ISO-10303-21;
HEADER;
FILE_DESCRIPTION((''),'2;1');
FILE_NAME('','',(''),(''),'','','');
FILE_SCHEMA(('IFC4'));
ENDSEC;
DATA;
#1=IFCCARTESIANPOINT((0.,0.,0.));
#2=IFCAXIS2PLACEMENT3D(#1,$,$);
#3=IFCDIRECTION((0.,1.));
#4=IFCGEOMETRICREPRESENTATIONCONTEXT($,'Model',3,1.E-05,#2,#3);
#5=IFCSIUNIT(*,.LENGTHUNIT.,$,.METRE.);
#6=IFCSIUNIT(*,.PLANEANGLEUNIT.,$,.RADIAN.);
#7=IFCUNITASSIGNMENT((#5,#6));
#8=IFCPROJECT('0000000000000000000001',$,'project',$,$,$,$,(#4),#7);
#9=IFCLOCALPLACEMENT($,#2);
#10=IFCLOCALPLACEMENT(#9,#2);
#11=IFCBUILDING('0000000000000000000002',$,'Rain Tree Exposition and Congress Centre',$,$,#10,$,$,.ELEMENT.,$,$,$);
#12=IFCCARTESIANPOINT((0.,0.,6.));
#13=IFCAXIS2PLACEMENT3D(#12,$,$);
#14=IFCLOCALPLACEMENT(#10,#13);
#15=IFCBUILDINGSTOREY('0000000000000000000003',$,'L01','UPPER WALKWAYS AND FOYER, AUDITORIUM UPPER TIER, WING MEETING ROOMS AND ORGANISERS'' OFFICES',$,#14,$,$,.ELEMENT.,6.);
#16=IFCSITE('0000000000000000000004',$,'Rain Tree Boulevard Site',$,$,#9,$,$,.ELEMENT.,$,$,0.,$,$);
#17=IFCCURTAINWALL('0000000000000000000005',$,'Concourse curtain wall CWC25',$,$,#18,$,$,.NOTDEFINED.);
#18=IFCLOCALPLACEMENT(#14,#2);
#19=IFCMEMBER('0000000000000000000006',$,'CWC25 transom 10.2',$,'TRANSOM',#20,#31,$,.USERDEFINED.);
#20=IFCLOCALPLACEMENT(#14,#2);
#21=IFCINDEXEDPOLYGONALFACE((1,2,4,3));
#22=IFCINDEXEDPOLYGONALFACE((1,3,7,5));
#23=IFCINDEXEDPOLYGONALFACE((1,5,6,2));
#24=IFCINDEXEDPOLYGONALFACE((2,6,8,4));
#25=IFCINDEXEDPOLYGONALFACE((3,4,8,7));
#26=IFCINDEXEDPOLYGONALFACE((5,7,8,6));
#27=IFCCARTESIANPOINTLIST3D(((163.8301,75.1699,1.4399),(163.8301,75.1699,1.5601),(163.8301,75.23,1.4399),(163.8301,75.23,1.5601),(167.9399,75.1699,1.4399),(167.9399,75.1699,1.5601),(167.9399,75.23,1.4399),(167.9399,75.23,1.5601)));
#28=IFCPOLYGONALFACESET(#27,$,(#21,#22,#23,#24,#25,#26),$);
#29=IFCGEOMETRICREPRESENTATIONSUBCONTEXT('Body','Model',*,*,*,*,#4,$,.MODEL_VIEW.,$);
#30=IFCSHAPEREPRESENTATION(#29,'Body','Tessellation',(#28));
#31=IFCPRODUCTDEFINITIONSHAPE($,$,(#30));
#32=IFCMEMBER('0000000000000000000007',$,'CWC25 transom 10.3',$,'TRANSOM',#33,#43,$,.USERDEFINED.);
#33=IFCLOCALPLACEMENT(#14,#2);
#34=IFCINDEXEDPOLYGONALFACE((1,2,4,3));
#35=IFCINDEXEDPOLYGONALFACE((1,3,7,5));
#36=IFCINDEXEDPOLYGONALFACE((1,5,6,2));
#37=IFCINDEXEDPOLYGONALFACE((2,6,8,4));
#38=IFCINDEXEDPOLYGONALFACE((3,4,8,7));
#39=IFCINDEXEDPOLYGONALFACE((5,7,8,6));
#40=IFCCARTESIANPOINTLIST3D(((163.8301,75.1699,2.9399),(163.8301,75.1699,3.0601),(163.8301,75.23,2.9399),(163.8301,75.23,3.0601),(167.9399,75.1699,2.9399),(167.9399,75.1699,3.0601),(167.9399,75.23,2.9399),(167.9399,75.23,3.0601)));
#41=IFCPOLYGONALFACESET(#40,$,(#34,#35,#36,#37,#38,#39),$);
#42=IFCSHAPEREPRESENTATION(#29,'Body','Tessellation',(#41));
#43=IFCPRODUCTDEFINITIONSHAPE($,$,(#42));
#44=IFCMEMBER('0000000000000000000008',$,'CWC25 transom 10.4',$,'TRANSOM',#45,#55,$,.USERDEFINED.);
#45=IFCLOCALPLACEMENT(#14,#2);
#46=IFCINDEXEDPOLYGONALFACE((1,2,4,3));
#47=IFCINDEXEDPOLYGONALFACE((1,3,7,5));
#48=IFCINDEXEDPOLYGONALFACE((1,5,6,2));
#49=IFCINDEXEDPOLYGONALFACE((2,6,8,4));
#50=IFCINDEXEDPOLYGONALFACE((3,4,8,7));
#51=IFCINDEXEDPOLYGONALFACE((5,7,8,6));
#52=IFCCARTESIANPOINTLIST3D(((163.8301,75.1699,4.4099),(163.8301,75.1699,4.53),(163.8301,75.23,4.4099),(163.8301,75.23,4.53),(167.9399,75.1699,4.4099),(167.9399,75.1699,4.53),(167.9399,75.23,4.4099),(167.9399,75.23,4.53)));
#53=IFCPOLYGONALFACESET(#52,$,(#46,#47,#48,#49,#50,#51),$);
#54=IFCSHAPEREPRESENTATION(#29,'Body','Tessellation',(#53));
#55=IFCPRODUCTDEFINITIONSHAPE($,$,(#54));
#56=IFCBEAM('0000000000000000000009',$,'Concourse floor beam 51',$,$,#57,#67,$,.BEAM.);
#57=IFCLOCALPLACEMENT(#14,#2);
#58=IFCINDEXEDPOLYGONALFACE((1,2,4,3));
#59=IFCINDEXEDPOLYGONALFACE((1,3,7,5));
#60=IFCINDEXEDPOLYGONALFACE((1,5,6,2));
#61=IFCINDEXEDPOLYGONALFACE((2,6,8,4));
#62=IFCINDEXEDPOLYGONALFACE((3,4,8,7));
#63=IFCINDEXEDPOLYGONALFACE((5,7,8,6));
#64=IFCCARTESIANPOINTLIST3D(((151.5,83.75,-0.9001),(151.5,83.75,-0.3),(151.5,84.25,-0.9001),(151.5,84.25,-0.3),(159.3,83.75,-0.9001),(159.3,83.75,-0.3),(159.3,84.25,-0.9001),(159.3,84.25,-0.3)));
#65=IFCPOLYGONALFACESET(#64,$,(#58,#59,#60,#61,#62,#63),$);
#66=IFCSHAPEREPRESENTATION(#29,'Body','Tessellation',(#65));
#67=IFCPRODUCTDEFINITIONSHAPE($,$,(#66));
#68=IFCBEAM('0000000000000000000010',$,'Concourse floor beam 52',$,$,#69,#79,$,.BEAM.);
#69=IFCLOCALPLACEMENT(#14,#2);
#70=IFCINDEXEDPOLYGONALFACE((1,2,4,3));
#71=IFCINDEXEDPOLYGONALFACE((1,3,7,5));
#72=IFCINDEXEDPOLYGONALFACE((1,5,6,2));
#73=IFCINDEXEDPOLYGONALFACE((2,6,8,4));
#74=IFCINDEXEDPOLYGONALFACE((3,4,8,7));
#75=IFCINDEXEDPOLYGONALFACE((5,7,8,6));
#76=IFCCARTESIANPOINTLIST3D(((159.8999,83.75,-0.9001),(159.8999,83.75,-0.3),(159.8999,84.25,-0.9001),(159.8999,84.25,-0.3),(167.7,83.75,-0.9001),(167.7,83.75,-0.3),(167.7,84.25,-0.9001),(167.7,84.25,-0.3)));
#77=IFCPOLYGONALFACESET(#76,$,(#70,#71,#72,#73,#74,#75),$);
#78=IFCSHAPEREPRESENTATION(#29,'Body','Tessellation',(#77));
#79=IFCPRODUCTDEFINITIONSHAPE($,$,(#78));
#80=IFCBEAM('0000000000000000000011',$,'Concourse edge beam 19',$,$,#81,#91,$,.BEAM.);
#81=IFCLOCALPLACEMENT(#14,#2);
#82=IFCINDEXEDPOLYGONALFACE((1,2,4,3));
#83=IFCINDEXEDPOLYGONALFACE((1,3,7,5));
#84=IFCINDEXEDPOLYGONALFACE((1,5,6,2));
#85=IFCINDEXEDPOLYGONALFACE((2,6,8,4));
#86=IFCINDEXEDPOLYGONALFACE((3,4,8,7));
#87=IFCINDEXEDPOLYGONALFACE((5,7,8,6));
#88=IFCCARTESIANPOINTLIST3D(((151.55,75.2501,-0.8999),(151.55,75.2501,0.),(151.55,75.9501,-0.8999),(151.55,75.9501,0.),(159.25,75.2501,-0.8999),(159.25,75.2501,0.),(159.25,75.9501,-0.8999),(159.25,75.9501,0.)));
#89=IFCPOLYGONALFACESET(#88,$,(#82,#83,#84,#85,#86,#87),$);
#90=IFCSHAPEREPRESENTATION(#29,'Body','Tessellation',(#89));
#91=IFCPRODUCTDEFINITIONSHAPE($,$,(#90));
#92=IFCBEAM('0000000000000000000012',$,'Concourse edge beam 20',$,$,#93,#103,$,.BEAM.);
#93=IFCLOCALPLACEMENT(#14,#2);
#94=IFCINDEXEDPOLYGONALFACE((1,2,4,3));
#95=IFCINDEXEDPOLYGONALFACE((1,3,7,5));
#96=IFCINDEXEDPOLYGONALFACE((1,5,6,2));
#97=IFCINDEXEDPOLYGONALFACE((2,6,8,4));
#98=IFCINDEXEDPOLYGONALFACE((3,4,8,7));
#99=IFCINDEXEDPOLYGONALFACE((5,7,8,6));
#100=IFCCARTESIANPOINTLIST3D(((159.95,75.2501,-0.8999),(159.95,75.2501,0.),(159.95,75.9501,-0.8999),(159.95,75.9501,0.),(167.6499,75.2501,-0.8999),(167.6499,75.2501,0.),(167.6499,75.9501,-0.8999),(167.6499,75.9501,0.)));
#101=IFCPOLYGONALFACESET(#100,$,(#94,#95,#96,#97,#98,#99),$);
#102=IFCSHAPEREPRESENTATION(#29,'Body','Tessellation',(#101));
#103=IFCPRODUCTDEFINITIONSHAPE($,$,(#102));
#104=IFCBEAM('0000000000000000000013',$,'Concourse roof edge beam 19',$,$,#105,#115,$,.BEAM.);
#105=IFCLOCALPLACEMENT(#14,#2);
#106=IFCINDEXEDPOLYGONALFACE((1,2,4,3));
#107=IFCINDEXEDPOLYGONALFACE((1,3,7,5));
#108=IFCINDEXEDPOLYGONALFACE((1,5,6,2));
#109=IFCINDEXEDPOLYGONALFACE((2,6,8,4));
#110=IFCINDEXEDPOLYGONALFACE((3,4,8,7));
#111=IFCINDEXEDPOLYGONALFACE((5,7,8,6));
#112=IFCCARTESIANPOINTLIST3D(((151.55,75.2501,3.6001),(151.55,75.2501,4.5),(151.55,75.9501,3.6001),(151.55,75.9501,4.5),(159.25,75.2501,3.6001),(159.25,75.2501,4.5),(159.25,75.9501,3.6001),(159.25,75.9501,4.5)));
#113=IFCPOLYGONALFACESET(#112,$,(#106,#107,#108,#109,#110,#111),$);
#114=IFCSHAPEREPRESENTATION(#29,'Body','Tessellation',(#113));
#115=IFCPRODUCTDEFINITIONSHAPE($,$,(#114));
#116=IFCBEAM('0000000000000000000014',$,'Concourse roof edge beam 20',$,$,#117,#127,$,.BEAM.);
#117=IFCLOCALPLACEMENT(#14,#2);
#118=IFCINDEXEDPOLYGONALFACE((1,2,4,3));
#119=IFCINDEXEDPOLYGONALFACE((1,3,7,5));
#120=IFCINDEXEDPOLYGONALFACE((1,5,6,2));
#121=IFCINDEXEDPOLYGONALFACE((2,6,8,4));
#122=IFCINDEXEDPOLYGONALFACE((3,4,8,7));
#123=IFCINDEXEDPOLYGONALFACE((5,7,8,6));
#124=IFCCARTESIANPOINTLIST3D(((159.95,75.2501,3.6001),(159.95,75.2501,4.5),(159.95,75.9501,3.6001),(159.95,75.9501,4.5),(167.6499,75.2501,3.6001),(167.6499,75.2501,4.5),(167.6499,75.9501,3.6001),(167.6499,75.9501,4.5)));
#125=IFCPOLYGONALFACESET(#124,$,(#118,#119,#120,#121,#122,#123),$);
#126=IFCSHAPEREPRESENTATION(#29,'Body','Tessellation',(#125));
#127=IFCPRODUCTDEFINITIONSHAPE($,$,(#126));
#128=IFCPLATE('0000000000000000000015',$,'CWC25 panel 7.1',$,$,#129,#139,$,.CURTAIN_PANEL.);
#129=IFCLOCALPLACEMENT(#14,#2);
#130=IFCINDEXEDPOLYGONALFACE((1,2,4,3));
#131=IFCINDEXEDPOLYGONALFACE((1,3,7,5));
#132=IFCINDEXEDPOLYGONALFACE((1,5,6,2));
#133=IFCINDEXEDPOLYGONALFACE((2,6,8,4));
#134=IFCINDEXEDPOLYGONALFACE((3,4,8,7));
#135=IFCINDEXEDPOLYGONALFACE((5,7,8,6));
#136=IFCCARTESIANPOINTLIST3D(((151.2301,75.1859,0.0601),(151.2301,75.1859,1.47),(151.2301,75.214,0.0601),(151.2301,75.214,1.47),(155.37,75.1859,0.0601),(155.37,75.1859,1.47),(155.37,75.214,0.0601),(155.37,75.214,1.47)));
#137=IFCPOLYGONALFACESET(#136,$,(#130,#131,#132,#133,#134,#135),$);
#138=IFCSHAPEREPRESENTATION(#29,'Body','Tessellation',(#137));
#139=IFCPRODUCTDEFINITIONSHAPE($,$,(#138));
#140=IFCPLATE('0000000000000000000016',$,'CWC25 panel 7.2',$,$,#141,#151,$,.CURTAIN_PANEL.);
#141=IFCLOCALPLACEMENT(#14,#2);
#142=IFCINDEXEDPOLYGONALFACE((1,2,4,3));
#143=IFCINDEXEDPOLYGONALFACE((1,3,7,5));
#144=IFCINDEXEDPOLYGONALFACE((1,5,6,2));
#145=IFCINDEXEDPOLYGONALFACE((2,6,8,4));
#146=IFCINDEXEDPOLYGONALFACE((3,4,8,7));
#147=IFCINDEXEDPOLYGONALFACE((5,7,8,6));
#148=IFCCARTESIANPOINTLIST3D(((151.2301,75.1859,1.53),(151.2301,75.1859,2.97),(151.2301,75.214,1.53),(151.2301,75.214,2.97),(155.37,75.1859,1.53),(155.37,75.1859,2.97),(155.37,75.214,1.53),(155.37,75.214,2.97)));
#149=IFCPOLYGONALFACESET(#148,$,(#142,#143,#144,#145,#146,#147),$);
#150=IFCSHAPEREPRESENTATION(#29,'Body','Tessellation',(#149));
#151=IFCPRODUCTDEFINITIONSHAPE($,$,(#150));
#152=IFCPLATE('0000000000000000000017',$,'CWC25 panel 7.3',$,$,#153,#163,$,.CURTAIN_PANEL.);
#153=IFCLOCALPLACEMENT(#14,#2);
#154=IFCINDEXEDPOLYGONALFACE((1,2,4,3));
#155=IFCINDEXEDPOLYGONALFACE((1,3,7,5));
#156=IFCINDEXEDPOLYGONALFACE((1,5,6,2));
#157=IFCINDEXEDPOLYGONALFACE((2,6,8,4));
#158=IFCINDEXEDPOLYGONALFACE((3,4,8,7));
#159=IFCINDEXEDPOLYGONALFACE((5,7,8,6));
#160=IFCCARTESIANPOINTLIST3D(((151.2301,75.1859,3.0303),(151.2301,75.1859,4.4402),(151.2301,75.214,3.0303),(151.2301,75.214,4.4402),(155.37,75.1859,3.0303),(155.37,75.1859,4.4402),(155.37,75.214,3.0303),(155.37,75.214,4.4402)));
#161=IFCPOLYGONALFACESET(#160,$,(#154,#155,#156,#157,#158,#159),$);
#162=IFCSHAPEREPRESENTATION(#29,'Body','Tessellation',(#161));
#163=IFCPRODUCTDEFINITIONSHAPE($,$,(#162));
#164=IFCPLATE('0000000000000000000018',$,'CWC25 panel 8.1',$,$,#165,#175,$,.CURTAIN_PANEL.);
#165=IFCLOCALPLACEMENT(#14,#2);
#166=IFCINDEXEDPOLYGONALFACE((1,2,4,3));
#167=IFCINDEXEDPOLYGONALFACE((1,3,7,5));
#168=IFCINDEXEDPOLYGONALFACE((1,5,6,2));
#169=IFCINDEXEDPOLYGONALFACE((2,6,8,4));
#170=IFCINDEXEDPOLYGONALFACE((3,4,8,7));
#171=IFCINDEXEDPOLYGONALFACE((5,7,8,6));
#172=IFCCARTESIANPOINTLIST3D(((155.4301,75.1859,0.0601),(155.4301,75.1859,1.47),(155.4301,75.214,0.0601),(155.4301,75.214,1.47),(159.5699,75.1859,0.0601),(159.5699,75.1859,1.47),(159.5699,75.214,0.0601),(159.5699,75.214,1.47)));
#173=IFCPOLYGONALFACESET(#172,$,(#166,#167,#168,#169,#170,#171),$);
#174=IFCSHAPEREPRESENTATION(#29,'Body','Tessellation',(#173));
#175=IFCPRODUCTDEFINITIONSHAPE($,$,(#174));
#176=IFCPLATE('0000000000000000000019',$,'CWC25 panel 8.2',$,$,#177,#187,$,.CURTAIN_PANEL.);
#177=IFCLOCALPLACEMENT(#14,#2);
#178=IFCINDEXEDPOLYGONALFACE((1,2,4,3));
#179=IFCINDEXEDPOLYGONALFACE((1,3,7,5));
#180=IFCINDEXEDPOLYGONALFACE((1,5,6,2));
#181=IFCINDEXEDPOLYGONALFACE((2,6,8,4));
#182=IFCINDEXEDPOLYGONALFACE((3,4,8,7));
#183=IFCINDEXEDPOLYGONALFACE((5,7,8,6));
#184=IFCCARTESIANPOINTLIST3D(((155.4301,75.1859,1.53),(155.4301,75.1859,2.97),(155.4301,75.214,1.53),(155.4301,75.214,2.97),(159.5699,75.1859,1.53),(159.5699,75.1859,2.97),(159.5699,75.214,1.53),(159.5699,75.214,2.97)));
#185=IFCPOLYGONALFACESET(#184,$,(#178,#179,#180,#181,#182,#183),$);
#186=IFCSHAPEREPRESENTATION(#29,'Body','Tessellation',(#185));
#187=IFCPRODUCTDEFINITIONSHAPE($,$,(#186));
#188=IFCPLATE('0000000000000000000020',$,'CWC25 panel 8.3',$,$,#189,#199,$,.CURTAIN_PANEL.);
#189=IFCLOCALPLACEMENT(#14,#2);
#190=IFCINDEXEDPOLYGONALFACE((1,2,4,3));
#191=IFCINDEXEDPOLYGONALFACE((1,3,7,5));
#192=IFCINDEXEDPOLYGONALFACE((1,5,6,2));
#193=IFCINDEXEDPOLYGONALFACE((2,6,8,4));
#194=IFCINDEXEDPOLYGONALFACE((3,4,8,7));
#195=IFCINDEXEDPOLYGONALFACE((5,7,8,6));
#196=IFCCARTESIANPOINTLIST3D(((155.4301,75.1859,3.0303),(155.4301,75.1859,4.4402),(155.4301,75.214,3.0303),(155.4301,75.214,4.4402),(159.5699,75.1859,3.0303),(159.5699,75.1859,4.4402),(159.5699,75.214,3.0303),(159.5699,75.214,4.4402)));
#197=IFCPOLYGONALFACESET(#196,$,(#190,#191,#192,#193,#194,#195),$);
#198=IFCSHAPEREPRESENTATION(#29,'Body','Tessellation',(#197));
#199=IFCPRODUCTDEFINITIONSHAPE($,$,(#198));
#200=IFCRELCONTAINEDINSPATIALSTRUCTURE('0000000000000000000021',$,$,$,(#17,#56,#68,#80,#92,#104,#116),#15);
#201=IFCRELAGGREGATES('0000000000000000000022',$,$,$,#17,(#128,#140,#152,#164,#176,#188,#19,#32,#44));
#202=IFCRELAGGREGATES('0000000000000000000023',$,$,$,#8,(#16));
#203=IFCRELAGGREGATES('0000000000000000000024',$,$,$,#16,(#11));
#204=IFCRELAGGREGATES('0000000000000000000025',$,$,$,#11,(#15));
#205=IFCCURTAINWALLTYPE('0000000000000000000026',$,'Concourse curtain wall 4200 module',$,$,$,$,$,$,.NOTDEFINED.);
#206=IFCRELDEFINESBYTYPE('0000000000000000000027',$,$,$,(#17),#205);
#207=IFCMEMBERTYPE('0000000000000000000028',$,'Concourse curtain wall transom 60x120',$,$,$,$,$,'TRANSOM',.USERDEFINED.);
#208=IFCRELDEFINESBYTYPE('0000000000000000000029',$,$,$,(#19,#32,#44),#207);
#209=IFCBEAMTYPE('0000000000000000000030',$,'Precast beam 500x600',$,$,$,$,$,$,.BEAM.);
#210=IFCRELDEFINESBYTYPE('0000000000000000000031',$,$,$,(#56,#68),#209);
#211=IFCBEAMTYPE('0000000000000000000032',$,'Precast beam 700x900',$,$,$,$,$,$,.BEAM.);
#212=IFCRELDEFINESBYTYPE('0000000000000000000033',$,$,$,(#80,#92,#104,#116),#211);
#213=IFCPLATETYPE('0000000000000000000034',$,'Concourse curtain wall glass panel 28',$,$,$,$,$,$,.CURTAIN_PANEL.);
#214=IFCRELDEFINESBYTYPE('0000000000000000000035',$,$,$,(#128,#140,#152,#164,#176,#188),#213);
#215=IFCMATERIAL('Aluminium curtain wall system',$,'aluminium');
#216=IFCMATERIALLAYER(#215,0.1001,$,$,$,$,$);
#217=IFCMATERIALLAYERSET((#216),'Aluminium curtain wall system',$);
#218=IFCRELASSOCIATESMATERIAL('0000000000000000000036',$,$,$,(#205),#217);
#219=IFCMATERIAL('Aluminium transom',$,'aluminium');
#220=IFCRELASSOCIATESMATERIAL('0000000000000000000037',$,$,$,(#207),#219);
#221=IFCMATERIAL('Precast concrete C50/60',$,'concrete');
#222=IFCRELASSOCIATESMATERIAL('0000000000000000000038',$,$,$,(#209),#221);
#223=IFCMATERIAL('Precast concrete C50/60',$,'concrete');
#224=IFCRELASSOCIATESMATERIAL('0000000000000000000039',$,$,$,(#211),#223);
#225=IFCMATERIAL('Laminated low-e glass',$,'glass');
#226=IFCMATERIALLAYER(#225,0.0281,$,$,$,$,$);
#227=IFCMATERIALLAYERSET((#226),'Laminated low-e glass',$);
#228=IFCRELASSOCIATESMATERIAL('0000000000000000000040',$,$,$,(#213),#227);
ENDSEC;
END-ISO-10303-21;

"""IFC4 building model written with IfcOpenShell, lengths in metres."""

from ifc_helpers import new_model, si_unit, direction, frame, origin, origin_2d, place, context, subcontext, project, spatial, rectangle, extrude, material, layer, layer_set, material_profile, profile_set, type_object, element, aggregate, save


model = new_model("IFC4")

# Units and contexts
model_context = context("Model", 3, precision=1e-05, world=origin(), true_north=direction((0.0, 1.0)))
body_context = subcontext(model_context, "Body", "Model", "MODEL_VIEW")
ifc_project = project(units=[si_unit("LENGTHUNIT", "METRE"), si_unit("PLANEANGLEUNIT", "RADIAN")], contexts=[model_context])

# Site, building, storey
site_placement = place(None, origin())
site = spatial("IfcSite", under=ifc_project, at=site_placement, Name="Rain Tree Boulevard Site", CompositionType="ELEMENT", RefElevation=0.0)
building_placement = place(site_placement, origin())
building = spatial("IfcBuilding", under=site, at=building_placement, Name="Rain Tree Exposition and Congress Centre", CompositionType="ELEMENT")
storey_placement = place(building_placement, frame((0.0, 0.0, 6.0)))
storey = spatial("IfcBuildingStorey", under=building, at=storey_placement, Name="L01", Description="UPPER WALKWAYS AND FOYER, AUDITORIUM UPPER TIER, WING MEETING ROOMS AND ORGANISERS' OFFICES", CompositionType="ELEMENT", Elevation=6.0)

# Curtain wall, members
ifc_material_1 = material(Name="Aluminium curtain wall system", Category="aluminium")
ifc_layer_1 = layer(ifc_material_1, 0.1001)
ifc_layer_set_1 = layer_set([ifc_layer_1], Name="Aluminium curtain wall system")
curtain_wall_type = type_object("IfcCurtainWallType", Name="Concourse curtain wall 4200 module", PredefinedType="NOTDEFINED", material=ifc_layer_set_1)
curtain_wall_placement = place(storey_placement, origin())
curtain_wall = element("IfcCurtainWall", 1, at=curtain_wall_placement, inside=storey, type_object=curtain_wall_type, Name="Concourse curtain wall CWC25", PredefinedType="NOTDEFINED")
ifc_material_2 = material(Name="Aluminium transom", Category="aluminium")
ifc_material_profile_1 = material_profile(ifc_material_2, rectangle(XDim=0.0601, YDim=0.1201, at=origin_2d()), Name="AL 60x120")
ifc_profile_set_1 = profile_set([ifc_material_profile_1], Name="Aluminium transom")
member_type_1 = type_object("IfcMemberType", Name="Concourse curtain wall transom 60x120", ElementType="TRANSOM", PredefinedType="USERDEFINED", material=ifc_profile_set_1)
member_1_placement = place(storey_placement, frame((163.8301, 75.2, 1.5), z_axis=(1.0, 0.0, 0.0), x_axis=(0.0, 1.0, 0.0)))
member_1 = element("IfcMember", 2, at=member_1_placement, type_object=member_type_1, Name="CWC25 transom 10.2", ObjectType="TRANSOM", PredefinedType="USERDEFINED", context=body_context, shape_type="SweptSolid", body=[
    extrude(rectangle(XDim=0.0601, YDim=0.1201, at=origin_2d()), origin(), (0.0, 0.0, 1.0), 4.1099),
])
member_2_placement = place(storey_placement, frame((163.8301, 75.2, 3.0), z_axis=(1.0, 0.0, 0.0), x_axis=(0.0, 1.0, 0.0)))
member_2 = element("IfcMember", 3, at=member_2_placement, type_object=member_type_1, Name="CWC25 transom 10.3", ObjectType="TRANSOM", PredefinedType="USERDEFINED", context=body_context, shape_type="SweptSolid", body=[
    extrude(rectangle(XDim=0.0601, YDim=0.1201, at=origin_2d()), origin(), (0.0, 0.0, 1.0), 4.1099),
])
member_3_placement = place(storey_placement, frame((163.8301, 75.2, 4.47), z_axis=(1.0, 0.0, 0.0), x_axis=(0.0, 1.0, 0.0)))
member_3 = element("IfcMember", 4, at=member_3_placement, type_object=member_type_1, Name="CWC25 transom 10.4", ObjectType="TRANSOM", PredefinedType="USERDEFINED", context=body_context, shape_type="SweptSolid", body=[
    extrude(rectangle(XDim=0.0601, YDim=0.1201, at=origin_2d()), origin(), (0.0, 0.0, 1.0), 4.1099),
])

# Beams
ifc_material_3 = material(Name="Precast concrete C50/60", Category="concrete")
ifc_material_profile_2 = material_profile(ifc_material_3, rectangle(XDim=0.5, YDim=0.6001, at=origin_2d()), Name="RC 500x600")
ifc_profile_set_2 = profile_set([ifc_material_profile_2], Name="Precast concrete C50/60")
beam_type_1 = type_object("IfcBeamType", Name="Precast beam 500x600", PredefinedType="BEAM", material=ifc_profile_set_2)
for number, where, z_axis, x_axis, name in (
    (5, (151.5, 84.0, -0.6001), (1.0, 0.0, 0.0), (0.0, 1.0, 0.0), "Concourse floor beam 51"),
    (6, (159.8999, 84.0, -0.6001), (1.0, 0.0, 0.0), (0.0, 1.0, 0.0), "Concourse floor beam 52"),
):
    element("IfcBeam", number, at=place(storey_placement, frame(where, z_axis=z_axis, x_axis=x_axis)), inside=storey, type_object=beam_type_1, Name=name, PredefinedType="BEAM", context=body_context, shape_type="SweptSolid", body=[
        extrude(rectangle(XDim=0.5, YDim=0.6001, at=origin_2d()), origin(), (0.0, 0.0, 1.0), 7.8),
    ])
ifc_material_4 = material(Name="Precast concrete C50/60", Category="concrete")
ifc_material_profile_3 = material_profile(ifc_material_4, rectangle(XDim=0.7, YDim=0.8999, at=origin_2d()), Name="RC 700x900")
ifc_profile_set_3 = profile_set([ifc_material_profile_3], Name="Precast concrete C50/60")
beam_type_2 = type_object("IfcBeamType", Name="Precast beam 700x900", PredefinedType="BEAM", material=ifc_profile_set_3)
for number, where, z_axis, x_axis, name in (
    (7, (151.55, 75.6001, -0.45), (1.0, 0.0, 0.0), (0.0, 1.0, 0.0), "Concourse edge beam 19"),
    (8, (159.95, 75.6001, -0.45), (1.0, 0.0, 0.0), (0.0, 1.0, 0.0), "Concourse edge beam 20"),
    (9, (151.55, 75.6001, 4.05), (1.0, 0.0, 0.0), (0.0, 1.0, 0.0), "Concourse roof edge beam 19"),
    (10, (159.95, 75.6001, 4.05), (1.0, 0.0, 0.0), (0.0, 1.0, 0.0), "Concourse roof edge beam 20"),
):
    element("IfcBeam", number, at=place(storey_placement, frame(where, z_axis=z_axis, x_axis=x_axis)), inside=storey, type_object=beam_type_2, Name=name, PredefinedType="BEAM", context=body_context, shape_type="SweptSolid", body=[
        extrude(rectangle(XDim=0.7, YDim=0.8999, at=origin_2d()), origin(), (0.0, 0.0, 1.0), 7.7),
    ])

# Plates
ifc_material_5 = material(Name="Laminated low-e glass", Category="glass")
ifc_layer_2 = layer(ifc_material_5, 0.0281)
ifc_layer_set_2 = layer_set([ifc_layer_2], Name="Laminated low-e glass")
plate_type = type_object("IfcPlateType", Name="Concourse curtain wall glass panel 28", PredefinedType="CURTAIN_PANEL", material=ifc_layer_set_2)
plate_1_placement = place(storey_placement, frame((153.3, 75.2, 0.0601), z_axis=(0.0, 0.0, 1.0), x_axis=(1.0, 0.0, 0.0)))
plate_1 = element("IfcPlate", 11, at=plate_1_placement, type_object=plate_type, Name="CWC25 panel 7.1", PredefinedType="CURTAIN_PANEL", context=body_context, shape_type="SweptSolid", body=[
    extrude(rectangle(XDim=4.1399, YDim=0.0281, at=origin_2d()), origin(), (0.0, 0.0, 1.0), 1.4099),
])
plate_2_placement = place(storey_placement, frame((153.3, 75.2, 1.53), z_axis=(0.0, 0.0, 1.0), x_axis=(1.0, 0.0, 0.0)))
plate_2 = element("IfcPlate", 12, at=plate_2_placement, type_object=plate_type, Name="CWC25 panel 7.2", PredefinedType="CURTAIN_PANEL", context=body_context, shape_type="SweptSolid", body=[
    extrude(rectangle(XDim=4.1399, YDim=0.0281, at=origin_2d()), origin(), (0.0, 0.0, 1.0), 1.4399),
])
plate_3_placement = place(storey_placement, frame((153.3, 75.2, 3.0303), z_axis=(0.0, 0.0, 1.0), x_axis=(1.0, 0.0, 0.0)))
plate_3 = element("IfcPlate", 13, at=plate_3_placement, type_object=plate_type, Name="CWC25 panel 7.3", PredefinedType="CURTAIN_PANEL", context=body_context, shape_type="SweptSolid", body=[
    extrude(rectangle(XDim=4.1399, YDim=0.0281, at=origin_2d()), origin(), (0.0, 0.0, 1.0), 1.4099),
])
plate_4_placement = place(storey_placement, frame((157.5, 75.2, 0.0601), z_axis=(0.0, 0.0, 1.0), x_axis=(1.0, 0.0, 0.0)))
plate_4 = element("IfcPlate", 14, at=plate_4_placement, type_object=plate_type, Name="CWC25 panel 8.1", PredefinedType="CURTAIN_PANEL", context=body_context, shape_type="SweptSolid", body=[
    extrude(rectangle(XDim=4.1399, YDim=0.0281, at=origin_2d()), origin(), (0.0, 0.0, 1.0), 1.4099),
])
plate_5_placement = place(storey_placement, frame((157.5, 75.2, 1.53), z_axis=(0.0, 0.0, 1.0), x_axis=(1.0, 0.0, 0.0)))
plate_5 = element("IfcPlate", 15, at=plate_5_placement, type_object=plate_type, Name="CWC25 panel 8.2", PredefinedType="CURTAIN_PANEL", context=body_context, shape_type="SweptSolid", body=[
    extrude(rectangle(XDim=4.1399, YDim=0.0281, at=origin_2d()), origin(), (0.0, 0.0, 1.0), 1.4399),
])
plate_6_placement = place(storey_placement, frame((157.5, 75.2, 3.0303), z_axis=(0.0, 0.0, 1.0), x_axis=(1.0, 0.0, 0.0)))
plate_6 = element("IfcPlate", 16, at=plate_6_placement, type_object=plate_type, Name="CWC25 panel 8.3", PredefinedType="CURTAIN_PANEL", context=body_context, shape_type="SweptSolid", body=[
    extrude(rectangle(XDim=4.1399, YDim=0.0281, at=origin_2d()), origin(), (0.0, 0.0, 1.0), 1.4099),
])
aggregate(curtain_wall, [plate_1, plate_2, plate_3, plate_4, plate_5, plate_6, member_1, member_2, member_3])

save(model, "model.ifc")
